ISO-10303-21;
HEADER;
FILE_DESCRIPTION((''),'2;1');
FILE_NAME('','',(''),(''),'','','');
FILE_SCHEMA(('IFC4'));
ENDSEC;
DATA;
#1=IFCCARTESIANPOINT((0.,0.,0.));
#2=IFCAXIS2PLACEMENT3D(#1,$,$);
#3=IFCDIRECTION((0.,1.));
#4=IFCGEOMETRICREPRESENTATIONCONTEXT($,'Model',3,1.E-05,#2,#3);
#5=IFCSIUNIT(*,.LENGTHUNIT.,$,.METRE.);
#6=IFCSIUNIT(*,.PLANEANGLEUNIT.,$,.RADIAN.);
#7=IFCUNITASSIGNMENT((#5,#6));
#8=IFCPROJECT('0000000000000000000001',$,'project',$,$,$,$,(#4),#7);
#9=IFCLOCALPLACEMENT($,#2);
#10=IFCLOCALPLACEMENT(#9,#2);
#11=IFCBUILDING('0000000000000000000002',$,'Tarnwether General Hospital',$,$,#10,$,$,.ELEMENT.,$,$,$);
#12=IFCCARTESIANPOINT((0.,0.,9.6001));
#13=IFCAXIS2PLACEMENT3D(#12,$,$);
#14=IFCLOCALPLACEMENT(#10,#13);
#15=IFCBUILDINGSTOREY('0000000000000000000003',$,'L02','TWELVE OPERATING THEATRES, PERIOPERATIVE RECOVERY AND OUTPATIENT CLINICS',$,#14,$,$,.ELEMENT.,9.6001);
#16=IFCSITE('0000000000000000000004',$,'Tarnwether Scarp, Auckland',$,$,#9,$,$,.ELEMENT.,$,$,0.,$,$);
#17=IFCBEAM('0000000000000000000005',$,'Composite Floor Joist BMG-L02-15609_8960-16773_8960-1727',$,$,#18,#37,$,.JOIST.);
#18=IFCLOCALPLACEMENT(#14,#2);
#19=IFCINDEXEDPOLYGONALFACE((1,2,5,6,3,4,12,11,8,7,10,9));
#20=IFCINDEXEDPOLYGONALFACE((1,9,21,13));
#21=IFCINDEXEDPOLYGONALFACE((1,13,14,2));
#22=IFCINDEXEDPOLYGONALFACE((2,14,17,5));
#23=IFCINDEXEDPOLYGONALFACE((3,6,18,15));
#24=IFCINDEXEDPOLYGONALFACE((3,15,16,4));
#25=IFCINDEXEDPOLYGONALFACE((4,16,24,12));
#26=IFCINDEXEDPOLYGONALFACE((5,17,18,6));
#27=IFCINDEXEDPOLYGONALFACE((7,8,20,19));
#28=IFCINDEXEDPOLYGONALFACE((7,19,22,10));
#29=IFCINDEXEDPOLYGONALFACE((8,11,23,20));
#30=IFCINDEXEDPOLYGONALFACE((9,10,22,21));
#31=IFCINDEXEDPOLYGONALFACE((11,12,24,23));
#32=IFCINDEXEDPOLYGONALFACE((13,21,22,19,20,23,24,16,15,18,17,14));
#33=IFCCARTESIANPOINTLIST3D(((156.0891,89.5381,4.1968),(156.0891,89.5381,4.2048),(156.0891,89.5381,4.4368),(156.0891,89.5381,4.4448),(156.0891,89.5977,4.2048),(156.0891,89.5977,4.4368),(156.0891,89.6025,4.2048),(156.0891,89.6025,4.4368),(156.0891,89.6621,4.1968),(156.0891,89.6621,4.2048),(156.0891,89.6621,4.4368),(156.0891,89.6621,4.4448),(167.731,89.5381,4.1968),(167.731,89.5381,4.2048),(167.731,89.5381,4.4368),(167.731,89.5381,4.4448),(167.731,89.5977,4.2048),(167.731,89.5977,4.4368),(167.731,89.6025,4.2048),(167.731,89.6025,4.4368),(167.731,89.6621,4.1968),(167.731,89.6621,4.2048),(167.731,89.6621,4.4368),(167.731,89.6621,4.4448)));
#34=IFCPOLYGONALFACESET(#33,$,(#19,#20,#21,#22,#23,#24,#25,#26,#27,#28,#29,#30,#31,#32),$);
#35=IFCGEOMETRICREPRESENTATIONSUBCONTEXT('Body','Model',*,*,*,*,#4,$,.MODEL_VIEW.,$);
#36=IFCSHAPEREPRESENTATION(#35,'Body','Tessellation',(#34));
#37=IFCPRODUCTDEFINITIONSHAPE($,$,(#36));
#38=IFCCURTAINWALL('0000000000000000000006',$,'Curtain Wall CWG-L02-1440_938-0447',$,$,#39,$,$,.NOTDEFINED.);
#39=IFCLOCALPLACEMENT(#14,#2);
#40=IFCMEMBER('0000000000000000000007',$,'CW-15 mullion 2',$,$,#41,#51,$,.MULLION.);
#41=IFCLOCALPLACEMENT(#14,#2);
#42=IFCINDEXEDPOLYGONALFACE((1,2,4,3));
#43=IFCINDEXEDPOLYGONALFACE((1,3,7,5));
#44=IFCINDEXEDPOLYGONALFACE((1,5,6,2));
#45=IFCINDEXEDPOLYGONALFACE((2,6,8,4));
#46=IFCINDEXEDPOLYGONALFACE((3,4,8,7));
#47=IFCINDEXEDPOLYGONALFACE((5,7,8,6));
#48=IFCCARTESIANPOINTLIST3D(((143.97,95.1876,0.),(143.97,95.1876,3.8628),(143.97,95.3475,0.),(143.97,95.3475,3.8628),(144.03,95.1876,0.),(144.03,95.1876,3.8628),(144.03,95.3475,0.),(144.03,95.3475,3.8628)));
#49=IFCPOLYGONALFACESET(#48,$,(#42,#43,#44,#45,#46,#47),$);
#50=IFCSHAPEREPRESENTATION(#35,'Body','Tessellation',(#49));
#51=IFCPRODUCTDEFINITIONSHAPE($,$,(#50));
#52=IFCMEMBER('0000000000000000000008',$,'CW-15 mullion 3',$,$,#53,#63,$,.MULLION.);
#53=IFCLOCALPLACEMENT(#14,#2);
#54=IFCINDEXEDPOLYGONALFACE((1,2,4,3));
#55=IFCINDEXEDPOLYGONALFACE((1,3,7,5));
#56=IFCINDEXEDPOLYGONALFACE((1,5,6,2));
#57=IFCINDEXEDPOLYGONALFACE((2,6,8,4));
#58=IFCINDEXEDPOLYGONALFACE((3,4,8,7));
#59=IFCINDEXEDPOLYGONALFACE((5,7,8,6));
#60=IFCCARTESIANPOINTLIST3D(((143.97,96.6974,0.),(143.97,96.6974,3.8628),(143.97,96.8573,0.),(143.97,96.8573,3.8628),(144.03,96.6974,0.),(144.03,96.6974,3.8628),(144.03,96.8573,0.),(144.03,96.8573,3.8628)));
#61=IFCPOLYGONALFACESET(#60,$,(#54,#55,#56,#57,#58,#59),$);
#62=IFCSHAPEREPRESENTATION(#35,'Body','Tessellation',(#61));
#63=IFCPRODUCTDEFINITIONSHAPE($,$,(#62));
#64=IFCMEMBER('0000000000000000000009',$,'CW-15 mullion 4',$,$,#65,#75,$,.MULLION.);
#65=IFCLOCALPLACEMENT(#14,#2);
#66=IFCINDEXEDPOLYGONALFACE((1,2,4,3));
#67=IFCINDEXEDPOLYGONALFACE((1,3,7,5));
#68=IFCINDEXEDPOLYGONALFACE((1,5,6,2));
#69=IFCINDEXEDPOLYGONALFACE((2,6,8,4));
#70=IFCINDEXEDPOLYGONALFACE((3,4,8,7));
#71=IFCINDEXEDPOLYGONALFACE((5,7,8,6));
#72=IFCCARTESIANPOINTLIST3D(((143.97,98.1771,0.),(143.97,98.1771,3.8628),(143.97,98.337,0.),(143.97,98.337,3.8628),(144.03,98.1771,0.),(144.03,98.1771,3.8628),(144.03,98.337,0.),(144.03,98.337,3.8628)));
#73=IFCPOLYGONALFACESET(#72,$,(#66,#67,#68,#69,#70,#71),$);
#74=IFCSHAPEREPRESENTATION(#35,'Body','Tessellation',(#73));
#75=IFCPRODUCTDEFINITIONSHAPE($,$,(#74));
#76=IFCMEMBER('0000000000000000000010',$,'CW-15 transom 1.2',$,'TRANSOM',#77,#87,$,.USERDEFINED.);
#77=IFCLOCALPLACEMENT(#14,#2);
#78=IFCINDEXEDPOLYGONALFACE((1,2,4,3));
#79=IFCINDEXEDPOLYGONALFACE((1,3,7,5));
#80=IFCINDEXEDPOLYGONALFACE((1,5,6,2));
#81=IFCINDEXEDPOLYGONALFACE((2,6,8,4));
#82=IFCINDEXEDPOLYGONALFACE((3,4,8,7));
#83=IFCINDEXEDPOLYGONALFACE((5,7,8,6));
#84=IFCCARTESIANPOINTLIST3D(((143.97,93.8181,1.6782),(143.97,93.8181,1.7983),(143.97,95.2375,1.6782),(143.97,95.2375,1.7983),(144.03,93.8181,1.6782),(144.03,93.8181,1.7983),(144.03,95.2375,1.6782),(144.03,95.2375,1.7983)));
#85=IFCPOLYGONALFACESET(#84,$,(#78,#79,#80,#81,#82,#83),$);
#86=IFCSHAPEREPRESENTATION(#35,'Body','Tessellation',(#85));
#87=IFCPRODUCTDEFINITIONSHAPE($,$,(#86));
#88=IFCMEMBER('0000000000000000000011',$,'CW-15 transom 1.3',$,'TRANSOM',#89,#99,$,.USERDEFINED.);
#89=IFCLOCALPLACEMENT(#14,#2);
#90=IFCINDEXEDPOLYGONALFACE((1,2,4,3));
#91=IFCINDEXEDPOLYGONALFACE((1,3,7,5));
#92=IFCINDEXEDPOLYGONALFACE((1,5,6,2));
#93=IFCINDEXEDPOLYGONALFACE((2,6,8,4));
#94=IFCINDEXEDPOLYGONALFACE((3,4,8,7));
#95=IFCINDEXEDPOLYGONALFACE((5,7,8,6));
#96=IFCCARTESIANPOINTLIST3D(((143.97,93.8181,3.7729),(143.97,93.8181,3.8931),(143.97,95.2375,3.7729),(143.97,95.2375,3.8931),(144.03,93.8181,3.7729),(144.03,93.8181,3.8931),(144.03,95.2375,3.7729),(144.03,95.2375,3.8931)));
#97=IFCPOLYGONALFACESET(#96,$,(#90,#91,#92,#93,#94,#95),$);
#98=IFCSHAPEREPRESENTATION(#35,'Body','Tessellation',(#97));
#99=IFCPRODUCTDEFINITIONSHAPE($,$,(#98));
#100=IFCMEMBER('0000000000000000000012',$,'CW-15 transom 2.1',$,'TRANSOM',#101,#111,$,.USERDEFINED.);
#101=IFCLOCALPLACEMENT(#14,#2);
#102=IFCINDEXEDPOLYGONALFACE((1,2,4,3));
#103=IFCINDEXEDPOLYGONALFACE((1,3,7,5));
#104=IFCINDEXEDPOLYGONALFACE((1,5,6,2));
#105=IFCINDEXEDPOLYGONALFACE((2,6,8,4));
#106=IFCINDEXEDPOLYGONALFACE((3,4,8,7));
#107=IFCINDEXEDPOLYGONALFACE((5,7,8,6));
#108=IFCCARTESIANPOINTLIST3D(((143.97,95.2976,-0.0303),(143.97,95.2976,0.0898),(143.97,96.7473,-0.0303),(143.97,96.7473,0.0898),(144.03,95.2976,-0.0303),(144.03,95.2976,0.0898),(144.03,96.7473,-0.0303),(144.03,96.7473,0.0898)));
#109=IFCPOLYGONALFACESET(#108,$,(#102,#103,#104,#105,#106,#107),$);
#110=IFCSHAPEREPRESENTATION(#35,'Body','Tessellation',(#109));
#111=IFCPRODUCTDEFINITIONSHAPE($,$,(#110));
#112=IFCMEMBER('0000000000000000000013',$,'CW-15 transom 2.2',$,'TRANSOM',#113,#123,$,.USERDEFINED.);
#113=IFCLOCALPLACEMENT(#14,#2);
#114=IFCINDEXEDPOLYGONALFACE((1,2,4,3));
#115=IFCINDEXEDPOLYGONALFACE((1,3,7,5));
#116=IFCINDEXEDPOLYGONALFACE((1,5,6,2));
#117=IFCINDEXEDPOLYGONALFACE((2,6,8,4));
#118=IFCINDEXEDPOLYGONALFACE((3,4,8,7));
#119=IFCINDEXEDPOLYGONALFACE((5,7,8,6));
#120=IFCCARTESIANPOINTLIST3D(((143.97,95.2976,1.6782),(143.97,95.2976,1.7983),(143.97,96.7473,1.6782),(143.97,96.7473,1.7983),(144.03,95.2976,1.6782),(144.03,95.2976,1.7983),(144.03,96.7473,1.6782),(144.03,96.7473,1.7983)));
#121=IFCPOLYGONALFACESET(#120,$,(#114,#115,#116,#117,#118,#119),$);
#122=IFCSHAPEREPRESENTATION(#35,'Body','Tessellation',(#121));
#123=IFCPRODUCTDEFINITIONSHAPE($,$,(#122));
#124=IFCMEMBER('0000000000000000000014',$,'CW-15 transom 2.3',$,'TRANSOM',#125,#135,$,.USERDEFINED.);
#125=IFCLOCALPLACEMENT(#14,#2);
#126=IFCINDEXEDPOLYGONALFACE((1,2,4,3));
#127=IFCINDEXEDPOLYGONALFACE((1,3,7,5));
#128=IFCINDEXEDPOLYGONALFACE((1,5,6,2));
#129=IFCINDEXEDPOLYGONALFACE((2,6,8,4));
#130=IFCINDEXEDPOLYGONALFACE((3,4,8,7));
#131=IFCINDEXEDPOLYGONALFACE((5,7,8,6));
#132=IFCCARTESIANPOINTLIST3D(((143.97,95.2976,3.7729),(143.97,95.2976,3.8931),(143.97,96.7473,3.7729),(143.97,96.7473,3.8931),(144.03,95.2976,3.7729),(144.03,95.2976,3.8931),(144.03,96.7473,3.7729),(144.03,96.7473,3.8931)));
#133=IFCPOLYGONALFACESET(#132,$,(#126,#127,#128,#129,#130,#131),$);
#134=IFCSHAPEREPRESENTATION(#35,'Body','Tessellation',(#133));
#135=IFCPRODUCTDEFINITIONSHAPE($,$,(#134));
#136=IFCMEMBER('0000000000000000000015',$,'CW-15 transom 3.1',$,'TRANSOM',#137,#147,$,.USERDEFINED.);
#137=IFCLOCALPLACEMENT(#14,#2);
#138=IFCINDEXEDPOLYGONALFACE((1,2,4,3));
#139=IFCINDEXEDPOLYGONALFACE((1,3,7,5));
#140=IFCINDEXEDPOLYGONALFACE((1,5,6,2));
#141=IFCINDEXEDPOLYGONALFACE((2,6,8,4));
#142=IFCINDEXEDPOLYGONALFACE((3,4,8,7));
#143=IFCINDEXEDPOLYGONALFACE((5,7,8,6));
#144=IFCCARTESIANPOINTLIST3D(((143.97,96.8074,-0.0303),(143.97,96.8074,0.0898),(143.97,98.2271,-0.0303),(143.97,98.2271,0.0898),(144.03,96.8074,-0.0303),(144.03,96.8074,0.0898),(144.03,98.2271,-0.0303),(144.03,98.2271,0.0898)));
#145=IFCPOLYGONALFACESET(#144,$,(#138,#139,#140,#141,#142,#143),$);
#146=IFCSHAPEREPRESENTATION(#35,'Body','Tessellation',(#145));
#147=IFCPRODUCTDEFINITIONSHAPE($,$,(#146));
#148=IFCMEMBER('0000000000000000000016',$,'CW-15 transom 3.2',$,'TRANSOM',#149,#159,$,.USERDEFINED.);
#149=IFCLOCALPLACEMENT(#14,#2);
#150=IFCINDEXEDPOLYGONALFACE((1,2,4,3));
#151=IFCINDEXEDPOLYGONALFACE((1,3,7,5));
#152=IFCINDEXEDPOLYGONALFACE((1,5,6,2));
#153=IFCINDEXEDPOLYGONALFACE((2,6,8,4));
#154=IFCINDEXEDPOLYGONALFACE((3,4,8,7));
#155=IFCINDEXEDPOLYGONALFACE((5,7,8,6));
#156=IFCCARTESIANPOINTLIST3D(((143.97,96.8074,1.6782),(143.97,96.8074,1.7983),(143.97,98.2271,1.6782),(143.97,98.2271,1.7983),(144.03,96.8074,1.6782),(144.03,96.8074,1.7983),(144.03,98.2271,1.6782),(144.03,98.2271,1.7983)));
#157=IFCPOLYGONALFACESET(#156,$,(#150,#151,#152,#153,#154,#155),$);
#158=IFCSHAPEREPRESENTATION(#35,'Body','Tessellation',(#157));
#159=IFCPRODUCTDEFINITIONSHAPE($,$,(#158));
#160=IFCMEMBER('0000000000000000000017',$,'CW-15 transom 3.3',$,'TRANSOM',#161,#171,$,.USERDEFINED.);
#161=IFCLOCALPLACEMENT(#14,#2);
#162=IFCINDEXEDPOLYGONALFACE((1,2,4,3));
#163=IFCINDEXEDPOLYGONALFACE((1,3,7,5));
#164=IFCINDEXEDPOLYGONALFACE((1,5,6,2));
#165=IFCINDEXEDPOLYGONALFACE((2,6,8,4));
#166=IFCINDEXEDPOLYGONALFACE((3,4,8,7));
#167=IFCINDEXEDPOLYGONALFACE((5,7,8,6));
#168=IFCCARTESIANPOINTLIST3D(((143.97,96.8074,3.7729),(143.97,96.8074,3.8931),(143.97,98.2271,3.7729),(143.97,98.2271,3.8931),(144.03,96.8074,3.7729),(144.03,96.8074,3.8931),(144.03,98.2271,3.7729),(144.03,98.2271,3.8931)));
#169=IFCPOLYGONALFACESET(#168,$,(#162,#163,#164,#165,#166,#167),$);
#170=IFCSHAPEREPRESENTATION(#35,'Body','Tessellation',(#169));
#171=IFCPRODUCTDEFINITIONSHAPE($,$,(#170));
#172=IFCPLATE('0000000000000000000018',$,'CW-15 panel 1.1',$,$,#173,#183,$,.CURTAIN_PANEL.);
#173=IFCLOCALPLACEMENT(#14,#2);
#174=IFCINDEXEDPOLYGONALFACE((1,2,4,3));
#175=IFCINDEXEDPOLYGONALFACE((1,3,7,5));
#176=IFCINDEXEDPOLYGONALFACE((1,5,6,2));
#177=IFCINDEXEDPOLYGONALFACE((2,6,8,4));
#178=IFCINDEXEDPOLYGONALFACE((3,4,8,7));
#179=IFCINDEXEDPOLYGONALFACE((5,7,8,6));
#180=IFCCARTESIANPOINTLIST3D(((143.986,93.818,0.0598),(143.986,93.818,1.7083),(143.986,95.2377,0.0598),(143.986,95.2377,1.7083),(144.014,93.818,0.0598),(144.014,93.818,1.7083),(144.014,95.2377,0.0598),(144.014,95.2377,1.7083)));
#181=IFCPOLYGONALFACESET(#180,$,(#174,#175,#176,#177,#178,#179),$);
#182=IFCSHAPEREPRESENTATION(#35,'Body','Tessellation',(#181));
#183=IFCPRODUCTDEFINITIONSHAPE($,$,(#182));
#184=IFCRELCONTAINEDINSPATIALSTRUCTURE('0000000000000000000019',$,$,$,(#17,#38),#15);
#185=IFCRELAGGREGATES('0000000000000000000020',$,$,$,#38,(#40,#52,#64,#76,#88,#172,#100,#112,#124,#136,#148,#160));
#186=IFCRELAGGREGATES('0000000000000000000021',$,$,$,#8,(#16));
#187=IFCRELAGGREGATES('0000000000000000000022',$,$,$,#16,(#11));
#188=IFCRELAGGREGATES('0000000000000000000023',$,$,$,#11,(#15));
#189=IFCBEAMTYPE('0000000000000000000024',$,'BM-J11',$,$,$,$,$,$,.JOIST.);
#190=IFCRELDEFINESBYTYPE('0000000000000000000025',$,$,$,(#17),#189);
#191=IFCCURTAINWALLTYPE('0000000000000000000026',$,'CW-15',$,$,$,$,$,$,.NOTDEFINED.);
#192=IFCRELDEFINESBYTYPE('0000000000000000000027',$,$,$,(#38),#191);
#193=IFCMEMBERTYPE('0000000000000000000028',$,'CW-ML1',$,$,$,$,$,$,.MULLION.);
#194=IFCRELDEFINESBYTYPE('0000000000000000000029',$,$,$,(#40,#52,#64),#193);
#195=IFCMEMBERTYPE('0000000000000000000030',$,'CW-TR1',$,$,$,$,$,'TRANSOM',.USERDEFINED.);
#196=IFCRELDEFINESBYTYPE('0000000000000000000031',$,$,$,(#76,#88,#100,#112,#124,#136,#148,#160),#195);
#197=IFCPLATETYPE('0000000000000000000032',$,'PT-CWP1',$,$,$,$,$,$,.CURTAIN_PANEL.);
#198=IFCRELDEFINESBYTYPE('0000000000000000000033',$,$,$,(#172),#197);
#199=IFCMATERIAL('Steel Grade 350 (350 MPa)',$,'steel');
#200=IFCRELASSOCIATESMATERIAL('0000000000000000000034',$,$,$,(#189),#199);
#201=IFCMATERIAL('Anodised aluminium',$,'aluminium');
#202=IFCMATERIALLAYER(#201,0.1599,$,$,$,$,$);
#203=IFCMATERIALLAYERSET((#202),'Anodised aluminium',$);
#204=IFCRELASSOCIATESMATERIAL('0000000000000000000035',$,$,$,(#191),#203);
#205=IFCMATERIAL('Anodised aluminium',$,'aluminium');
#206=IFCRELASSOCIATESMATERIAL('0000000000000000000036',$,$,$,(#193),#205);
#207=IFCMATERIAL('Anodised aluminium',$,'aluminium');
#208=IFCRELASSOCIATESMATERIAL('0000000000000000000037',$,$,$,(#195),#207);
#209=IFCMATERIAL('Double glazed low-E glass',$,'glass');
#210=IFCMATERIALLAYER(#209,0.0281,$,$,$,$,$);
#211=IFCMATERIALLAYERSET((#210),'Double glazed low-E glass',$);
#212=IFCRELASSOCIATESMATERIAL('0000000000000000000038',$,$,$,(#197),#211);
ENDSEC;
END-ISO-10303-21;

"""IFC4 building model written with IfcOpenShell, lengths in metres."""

from ifc_helpers import new_model, si_unit, direction, frame, origin, origin_2d, place, context, subcontext, project, spatial, rectangle, i_section, extrude, material, layer, layer_set, material_profile, profile_set, type_object, element, aggregate, save


model = new_model("IFC4")

# Units and contexts
model_context = context("Model", 3, precision=1e-05, world=origin(), true_north=direction((0.0, 1.0)))
body_context = subcontext(model_context, "Body", "Model", "MODEL_VIEW")
ifc_project = project(units=[si_unit("LENGTHUNIT", "METRE"), si_unit("PLANEANGLEUNIT", "RADIAN")], contexts=[model_context])

# Site, building, storey
site_placement = place(None, origin())
site = spatial("IfcSite", under=ifc_project, at=site_placement, Name="Tarnwether Scarp, Auckland", CompositionType="ELEMENT", RefElevation=0.0)
building_placement = place(site_placement, origin())
building = spatial("IfcBuilding", under=site, at=building_placement, Name="Tarnwether General Hospital", CompositionType="ELEMENT")
storey_placement = place(building_placement, frame((0.0, 0.0, 9.6001)))
storey = spatial("IfcBuildingStorey", under=building, at=storey_placement, Name="L02", Description="TWELVE OPERATING THEATRES, PERIOPERATIVE RECOVERY AND OUTPATIENT CLINICS", CompositionType="ELEMENT", Elevation=9.6001)

# Beam
ifc_material_1 = material(Name="Steel Grade 350 (350 MPa)", Category="steel")
ifc_material_profile_1 = material_profile(ifc_material_1, i_section(OverallWidth=0.124, OverallDepth=0.248, WebThickness=0.0049, FlangeThickness=0.0081, at=origin_2d()), Name="250UB25.7")
ifc_profile_set_1 = profile_set([ifc_material_profile_1], Name="Steel Grade 350 (350 MPa)")
beam_type_1 = type_object("IfcBeamType", Name="BM-J11", PredefinedType="JOIST", material=ifc_profile_set_1)
beam_1_placement = place(storey_placement, frame((156.0891, 89.6001, 4.3208), z_axis=(1.0, 0.0, 0.0), x_axis=(0.0, 1.0, 0.0)))
element("IfcBeam", 1, at=beam_1_placement, inside=storey, type_object=beam_type_1, Name="Composite Floor Joist BMG-L02-15609_8960-16773_8960-1727", PredefinedType="JOIST", context=body_context, shape_type="SweptSolid", body=[
    extrude(i_section(OverallWidth=0.124, OverallDepth=0.248, WebThickness=0.0049, FlangeThickness=0.0081, at=origin_2d()), origin(), (0.0, 0.0, 1.0), 11.6418),
])

# Curtain wall, members, plate
ifc_material_2 = material(Name="Anodised aluminium", Category="aluminium")
ifc_layer_1 = layer(ifc_material_2, 0.1599)
ifc_layer_set_1 = layer_set([ifc_layer_1], Name="Anodised aluminium")
curtain_wall_type = type_object("IfcCurtainWallType", Name="CW-15", PredefinedType="NOTDEFINED", material=ifc_layer_set_1)
curtain_wall_placement = place(storey_placement, origin())
curtain_wall = element("IfcCurtainWall", 2, at=curtain_wall_placement, inside=storey, type_object=curtain_wall_type, Name="Curtain Wall CWG-L02-1440_938-0447", PredefinedType="NOTDEFINED")
ifc_material_3 = material(Name="Anodised aluminium", Category="aluminium")
ifc_material_profile_2 = material_profile(ifc_material_3, rectangle(XDim=0.0601, YDim=0.1599, at=origin_2d()), Name="ALU-MUL-60x160")
ifc_profile_set_2 = profile_set([ifc_material_profile_2], Name="Anodised aluminium")
member_type_1 = type_object("IfcMemberType", Name="CW-ML1", PredefinedType="MULLION", material=ifc_profile_set_2)
member_1_placement = place(storey_placement, frame((144.0, 95.2676, 0.0), z_axis=(0.0, 0.0, 1.0), x_axis=(-1.0, 0.0, 0.0)))
member_1 = element("IfcMember", 3, at=member_1_placement, type_object=member_type_1, Name="CW-15 mullion 2", PredefinedType="MULLION", context=body_context, shape_type="SweptSolid", body=[
    extrude(rectangle(XDim=0.0601, YDim=0.1599, at=origin_2d()), origin(), (0.0, 0.0, 1.0), 3.8628),
])
member_2_placement = place(storey_placement, frame((144.0, 96.7773, 0.0), z_axis=(0.0, 0.0, 1.0), x_axis=(-1.0, 0.0, 0.0)))
member_2 = element("IfcMember", 4, at=member_2_placement, type_object=member_type_1, Name="CW-15 mullion 3", PredefinedType="MULLION", context=body_context, shape_type="SweptSolid", body=[
    extrude(rectangle(XDim=0.0601, YDim=0.1599, at=origin_2d()), origin(), (0.0, 0.0, 1.0), 3.8628),
])
member_3_placement = place(storey_placement, frame((144.0, 98.2571, 0.0), z_axis=(0.0, 0.0, 1.0), x_axis=(-1.0, 0.0, 0.0)))
member_3 = element("IfcMember", 5, at=member_3_placement, type_object=member_type_1, Name="CW-15 mullion 4", PredefinedType="MULLION", context=body_context, shape_type="SweptSolid", body=[
    extrude(rectangle(XDim=0.0601, YDim=0.1599, at=origin_2d()), origin(), (0.0, 0.0, 1.0), 3.8628),
])
ifc_material_4 = material(Name="Anodised aluminium", Category="aluminium")
ifc_material_profile_3 = material_profile(ifc_material_4, rectangle(XDim=0.0601, YDim=0.1201, at=origin_2d()), Name="ALU-TRN-60x120")
ifc_profile_set_3 = profile_set([ifc_material_profile_3], Name="Anodised aluminium")
member_type_2 = type_object("IfcMemberType", Name="CW-TR1", ElementType="TRANSOM", PredefinedType="USERDEFINED", material=ifc_profile_set_3)
member_4_placement = place(storey_placement, frame((144.0, 93.8181, 1.7383), z_axis=(0.0, 1.0, 0.0), x_axis=(-1.0, 0.0, 0.0)))
member_4 = element("IfcMember", 6, at=member_4_placement, type_object=member_type_2, Name="CW-15 transom 1.2", ObjectType="TRANSOM", PredefinedType="USERDEFINED", context=body_context, shape_type="SweptSolid", body=[
    extrude(rectangle(XDim=0.0601, YDim=0.1201, at=origin_2d()), origin(), (0.0, 0.0, 1.0), 1.4194),
])
member_5_placement = place(storey_placement, frame((144.0, 93.8181, 3.833), z_axis=(0.0, 1.0, 0.0), x_axis=(-1.0, 0.0, 0.0)))
member_5 = element("IfcMember", 7, at=member_5_placement, type_object=member_type_2, Name="CW-15 transom 1.3", ObjectType="TRANSOM", PredefinedType="USERDEFINED", context=body_context, shape_type="SweptSolid", body=[
    extrude(rectangle(XDim=0.0601, YDim=0.1201, at=origin_2d()), origin(), (0.0, 0.0, 1.0), 1.4194),
])
member_6_placement = place(storey_placement, frame((144.0, 95.2976, 0.0298), z_axis=(0.0, 1.0, 0.0), x_axis=(-1.0, 0.0, 0.0)))
member_6 = element("IfcMember", 8, at=member_6_placement, type_object=member_type_2, Name="CW-15 transom 2.1", ObjectType="TRANSOM", PredefinedType="USERDEFINED", context=body_context, shape_type="SweptSolid", body=[
    extrude(rectangle(XDim=0.0601, YDim=0.1201, at=origin_2d()), origin(), (0.0, 0.0, 1.0), 1.4497),
])
member_7_placement = place(storey_placement, frame((144.0, 95.2976, 1.7383), z_axis=(0.0, 1.0, 0.0), x_axis=(-1.0, 0.0, 0.0)))
member_7 = element("IfcMember", 9, at=member_7_placement, type_object=member_type_2, Name="CW-15 transom 2.2", ObjectType="TRANSOM", PredefinedType="USERDEFINED", context=body_context, shape_type="SweptSolid", body=[
    extrude(rectangle(XDim=0.0601, YDim=0.1201, at=origin_2d()), origin(), (0.0, 0.0, 1.0), 1.4497),
])
member_8_placement = place(storey_placement, frame((144.0, 95.2976, 3.833), z_axis=(0.0, 1.0, 0.0), x_axis=(-1.0, 0.0, 0.0)))
member_8 = element("IfcMember", 10, at=member_8_placement, type_object=member_type_2, Name="CW-15 transom 2.3", ObjectType="TRANSOM", PredefinedType="USERDEFINED", context=body_context, shape_type="SweptSolid", body=[
    extrude(rectangle(XDim=0.0601, YDim=0.1201, at=origin_2d()), origin(), (0.0, 0.0, 1.0), 1.4497),
])
member_9_placement = place(storey_placement, frame((144.0, 96.8074, 0.0298), z_axis=(0.0, 1.0, 0.0), x_axis=(-1.0, 0.0, 0.0)))
member_9 = element("IfcMember", 11, at=member_9_placement, type_object=member_type_2, Name="CW-15 transom 3.1", ObjectType="TRANSOM", PredefinedType="USERDEFINED", context=body_context, shape_type="SweptSolid", body=[
    extrude(rectangle(XDim=0.0601, YDim=0.1201, at=origin_2d()), origin(), (0.0, 0.0, 1.0), 1.4197),
])
member_10_placement = place(storey_placement, frame((144.0, 96.8074, 1.7383), z_axis=(0.0, 1.0, 0.0), x_axis=(-1.0, 0.0, 0.0)))
member_10 = element("IfcMember", 12, at=member_10_placement, type_object=member_type_2, Name="CW-15 transom 3.2", ObjectType="TRANSOM", PredefinedType="USERDEFINED", context=body_context, shape_type="SweptSolid", body=[
    extrude(rectangle(XDim=0.0601, YDim=0.1201, at=origin_2d()), origin(), (0.0, 0.0, 1.0), 1.4197),
])
member_11_placement = place(storey_placement, frame((144.0, 96.8074, 3.833), z_axis=(0.0, 1.0, 0.0), x_axis=(-1.0, 0.0, 0.0)))
member_11 = element("IfcMember", 13, at=member_11_placement, type_object=member_type_2, Name="CW-15 transom 3.3", ObjectType="TRANSOM", PredefinedType="USERDEFINED", context=body_context, shape_type="SweptSolid", body=[
    extrude(rectangle(XDim=0.0601, YDim=0.1201, at=origin_2d()), origin(), (0.0, 0.0, 1.0), 1.4197),
])
ifc_material_5 = material(Name="Double glazed low-E glass", Category="glass")
ifc_layer_2 = layer(ifc_material_5, 0.0281)
ifc_layer_set_2 = layer_set([ifc_layer_2], Name="Double glazed low-E glass")
plate_type_1 = type_object("IfcPlateType", Name="PT-CWP1", PredefinedType="CURTAIN_PANEL", material=ifc_layer_set_2)
plate_1_placement = place(storey_placement, frame((144.0, 94.5278, 0.0598), z_axis=(0.0, 0.0, 1.0), x_axis=(0.0, 1.0, 0.0)))
plate_1 = element("IfcPlate", 14, at=plate_1_placement, type_object=plate_type_1, Name="CW-15 panel 1.1", PredefinedType="CURTAIN_PANEL", context=body_context, shape_type="SweptSolid", body=[
    extrude(rectangle(XDim=1.4197, YDim=0.0281, at=origin_2d()), origin(), (0.0, 0.0, 1.0), 1.6484),
])
aggregate(curtain_wall, [member_1, member_2, member_3, member_4, member_5, plate_1, member_6, member_7, member_8, member_9, member_10, member_11])

save(model, "model.ifc")
